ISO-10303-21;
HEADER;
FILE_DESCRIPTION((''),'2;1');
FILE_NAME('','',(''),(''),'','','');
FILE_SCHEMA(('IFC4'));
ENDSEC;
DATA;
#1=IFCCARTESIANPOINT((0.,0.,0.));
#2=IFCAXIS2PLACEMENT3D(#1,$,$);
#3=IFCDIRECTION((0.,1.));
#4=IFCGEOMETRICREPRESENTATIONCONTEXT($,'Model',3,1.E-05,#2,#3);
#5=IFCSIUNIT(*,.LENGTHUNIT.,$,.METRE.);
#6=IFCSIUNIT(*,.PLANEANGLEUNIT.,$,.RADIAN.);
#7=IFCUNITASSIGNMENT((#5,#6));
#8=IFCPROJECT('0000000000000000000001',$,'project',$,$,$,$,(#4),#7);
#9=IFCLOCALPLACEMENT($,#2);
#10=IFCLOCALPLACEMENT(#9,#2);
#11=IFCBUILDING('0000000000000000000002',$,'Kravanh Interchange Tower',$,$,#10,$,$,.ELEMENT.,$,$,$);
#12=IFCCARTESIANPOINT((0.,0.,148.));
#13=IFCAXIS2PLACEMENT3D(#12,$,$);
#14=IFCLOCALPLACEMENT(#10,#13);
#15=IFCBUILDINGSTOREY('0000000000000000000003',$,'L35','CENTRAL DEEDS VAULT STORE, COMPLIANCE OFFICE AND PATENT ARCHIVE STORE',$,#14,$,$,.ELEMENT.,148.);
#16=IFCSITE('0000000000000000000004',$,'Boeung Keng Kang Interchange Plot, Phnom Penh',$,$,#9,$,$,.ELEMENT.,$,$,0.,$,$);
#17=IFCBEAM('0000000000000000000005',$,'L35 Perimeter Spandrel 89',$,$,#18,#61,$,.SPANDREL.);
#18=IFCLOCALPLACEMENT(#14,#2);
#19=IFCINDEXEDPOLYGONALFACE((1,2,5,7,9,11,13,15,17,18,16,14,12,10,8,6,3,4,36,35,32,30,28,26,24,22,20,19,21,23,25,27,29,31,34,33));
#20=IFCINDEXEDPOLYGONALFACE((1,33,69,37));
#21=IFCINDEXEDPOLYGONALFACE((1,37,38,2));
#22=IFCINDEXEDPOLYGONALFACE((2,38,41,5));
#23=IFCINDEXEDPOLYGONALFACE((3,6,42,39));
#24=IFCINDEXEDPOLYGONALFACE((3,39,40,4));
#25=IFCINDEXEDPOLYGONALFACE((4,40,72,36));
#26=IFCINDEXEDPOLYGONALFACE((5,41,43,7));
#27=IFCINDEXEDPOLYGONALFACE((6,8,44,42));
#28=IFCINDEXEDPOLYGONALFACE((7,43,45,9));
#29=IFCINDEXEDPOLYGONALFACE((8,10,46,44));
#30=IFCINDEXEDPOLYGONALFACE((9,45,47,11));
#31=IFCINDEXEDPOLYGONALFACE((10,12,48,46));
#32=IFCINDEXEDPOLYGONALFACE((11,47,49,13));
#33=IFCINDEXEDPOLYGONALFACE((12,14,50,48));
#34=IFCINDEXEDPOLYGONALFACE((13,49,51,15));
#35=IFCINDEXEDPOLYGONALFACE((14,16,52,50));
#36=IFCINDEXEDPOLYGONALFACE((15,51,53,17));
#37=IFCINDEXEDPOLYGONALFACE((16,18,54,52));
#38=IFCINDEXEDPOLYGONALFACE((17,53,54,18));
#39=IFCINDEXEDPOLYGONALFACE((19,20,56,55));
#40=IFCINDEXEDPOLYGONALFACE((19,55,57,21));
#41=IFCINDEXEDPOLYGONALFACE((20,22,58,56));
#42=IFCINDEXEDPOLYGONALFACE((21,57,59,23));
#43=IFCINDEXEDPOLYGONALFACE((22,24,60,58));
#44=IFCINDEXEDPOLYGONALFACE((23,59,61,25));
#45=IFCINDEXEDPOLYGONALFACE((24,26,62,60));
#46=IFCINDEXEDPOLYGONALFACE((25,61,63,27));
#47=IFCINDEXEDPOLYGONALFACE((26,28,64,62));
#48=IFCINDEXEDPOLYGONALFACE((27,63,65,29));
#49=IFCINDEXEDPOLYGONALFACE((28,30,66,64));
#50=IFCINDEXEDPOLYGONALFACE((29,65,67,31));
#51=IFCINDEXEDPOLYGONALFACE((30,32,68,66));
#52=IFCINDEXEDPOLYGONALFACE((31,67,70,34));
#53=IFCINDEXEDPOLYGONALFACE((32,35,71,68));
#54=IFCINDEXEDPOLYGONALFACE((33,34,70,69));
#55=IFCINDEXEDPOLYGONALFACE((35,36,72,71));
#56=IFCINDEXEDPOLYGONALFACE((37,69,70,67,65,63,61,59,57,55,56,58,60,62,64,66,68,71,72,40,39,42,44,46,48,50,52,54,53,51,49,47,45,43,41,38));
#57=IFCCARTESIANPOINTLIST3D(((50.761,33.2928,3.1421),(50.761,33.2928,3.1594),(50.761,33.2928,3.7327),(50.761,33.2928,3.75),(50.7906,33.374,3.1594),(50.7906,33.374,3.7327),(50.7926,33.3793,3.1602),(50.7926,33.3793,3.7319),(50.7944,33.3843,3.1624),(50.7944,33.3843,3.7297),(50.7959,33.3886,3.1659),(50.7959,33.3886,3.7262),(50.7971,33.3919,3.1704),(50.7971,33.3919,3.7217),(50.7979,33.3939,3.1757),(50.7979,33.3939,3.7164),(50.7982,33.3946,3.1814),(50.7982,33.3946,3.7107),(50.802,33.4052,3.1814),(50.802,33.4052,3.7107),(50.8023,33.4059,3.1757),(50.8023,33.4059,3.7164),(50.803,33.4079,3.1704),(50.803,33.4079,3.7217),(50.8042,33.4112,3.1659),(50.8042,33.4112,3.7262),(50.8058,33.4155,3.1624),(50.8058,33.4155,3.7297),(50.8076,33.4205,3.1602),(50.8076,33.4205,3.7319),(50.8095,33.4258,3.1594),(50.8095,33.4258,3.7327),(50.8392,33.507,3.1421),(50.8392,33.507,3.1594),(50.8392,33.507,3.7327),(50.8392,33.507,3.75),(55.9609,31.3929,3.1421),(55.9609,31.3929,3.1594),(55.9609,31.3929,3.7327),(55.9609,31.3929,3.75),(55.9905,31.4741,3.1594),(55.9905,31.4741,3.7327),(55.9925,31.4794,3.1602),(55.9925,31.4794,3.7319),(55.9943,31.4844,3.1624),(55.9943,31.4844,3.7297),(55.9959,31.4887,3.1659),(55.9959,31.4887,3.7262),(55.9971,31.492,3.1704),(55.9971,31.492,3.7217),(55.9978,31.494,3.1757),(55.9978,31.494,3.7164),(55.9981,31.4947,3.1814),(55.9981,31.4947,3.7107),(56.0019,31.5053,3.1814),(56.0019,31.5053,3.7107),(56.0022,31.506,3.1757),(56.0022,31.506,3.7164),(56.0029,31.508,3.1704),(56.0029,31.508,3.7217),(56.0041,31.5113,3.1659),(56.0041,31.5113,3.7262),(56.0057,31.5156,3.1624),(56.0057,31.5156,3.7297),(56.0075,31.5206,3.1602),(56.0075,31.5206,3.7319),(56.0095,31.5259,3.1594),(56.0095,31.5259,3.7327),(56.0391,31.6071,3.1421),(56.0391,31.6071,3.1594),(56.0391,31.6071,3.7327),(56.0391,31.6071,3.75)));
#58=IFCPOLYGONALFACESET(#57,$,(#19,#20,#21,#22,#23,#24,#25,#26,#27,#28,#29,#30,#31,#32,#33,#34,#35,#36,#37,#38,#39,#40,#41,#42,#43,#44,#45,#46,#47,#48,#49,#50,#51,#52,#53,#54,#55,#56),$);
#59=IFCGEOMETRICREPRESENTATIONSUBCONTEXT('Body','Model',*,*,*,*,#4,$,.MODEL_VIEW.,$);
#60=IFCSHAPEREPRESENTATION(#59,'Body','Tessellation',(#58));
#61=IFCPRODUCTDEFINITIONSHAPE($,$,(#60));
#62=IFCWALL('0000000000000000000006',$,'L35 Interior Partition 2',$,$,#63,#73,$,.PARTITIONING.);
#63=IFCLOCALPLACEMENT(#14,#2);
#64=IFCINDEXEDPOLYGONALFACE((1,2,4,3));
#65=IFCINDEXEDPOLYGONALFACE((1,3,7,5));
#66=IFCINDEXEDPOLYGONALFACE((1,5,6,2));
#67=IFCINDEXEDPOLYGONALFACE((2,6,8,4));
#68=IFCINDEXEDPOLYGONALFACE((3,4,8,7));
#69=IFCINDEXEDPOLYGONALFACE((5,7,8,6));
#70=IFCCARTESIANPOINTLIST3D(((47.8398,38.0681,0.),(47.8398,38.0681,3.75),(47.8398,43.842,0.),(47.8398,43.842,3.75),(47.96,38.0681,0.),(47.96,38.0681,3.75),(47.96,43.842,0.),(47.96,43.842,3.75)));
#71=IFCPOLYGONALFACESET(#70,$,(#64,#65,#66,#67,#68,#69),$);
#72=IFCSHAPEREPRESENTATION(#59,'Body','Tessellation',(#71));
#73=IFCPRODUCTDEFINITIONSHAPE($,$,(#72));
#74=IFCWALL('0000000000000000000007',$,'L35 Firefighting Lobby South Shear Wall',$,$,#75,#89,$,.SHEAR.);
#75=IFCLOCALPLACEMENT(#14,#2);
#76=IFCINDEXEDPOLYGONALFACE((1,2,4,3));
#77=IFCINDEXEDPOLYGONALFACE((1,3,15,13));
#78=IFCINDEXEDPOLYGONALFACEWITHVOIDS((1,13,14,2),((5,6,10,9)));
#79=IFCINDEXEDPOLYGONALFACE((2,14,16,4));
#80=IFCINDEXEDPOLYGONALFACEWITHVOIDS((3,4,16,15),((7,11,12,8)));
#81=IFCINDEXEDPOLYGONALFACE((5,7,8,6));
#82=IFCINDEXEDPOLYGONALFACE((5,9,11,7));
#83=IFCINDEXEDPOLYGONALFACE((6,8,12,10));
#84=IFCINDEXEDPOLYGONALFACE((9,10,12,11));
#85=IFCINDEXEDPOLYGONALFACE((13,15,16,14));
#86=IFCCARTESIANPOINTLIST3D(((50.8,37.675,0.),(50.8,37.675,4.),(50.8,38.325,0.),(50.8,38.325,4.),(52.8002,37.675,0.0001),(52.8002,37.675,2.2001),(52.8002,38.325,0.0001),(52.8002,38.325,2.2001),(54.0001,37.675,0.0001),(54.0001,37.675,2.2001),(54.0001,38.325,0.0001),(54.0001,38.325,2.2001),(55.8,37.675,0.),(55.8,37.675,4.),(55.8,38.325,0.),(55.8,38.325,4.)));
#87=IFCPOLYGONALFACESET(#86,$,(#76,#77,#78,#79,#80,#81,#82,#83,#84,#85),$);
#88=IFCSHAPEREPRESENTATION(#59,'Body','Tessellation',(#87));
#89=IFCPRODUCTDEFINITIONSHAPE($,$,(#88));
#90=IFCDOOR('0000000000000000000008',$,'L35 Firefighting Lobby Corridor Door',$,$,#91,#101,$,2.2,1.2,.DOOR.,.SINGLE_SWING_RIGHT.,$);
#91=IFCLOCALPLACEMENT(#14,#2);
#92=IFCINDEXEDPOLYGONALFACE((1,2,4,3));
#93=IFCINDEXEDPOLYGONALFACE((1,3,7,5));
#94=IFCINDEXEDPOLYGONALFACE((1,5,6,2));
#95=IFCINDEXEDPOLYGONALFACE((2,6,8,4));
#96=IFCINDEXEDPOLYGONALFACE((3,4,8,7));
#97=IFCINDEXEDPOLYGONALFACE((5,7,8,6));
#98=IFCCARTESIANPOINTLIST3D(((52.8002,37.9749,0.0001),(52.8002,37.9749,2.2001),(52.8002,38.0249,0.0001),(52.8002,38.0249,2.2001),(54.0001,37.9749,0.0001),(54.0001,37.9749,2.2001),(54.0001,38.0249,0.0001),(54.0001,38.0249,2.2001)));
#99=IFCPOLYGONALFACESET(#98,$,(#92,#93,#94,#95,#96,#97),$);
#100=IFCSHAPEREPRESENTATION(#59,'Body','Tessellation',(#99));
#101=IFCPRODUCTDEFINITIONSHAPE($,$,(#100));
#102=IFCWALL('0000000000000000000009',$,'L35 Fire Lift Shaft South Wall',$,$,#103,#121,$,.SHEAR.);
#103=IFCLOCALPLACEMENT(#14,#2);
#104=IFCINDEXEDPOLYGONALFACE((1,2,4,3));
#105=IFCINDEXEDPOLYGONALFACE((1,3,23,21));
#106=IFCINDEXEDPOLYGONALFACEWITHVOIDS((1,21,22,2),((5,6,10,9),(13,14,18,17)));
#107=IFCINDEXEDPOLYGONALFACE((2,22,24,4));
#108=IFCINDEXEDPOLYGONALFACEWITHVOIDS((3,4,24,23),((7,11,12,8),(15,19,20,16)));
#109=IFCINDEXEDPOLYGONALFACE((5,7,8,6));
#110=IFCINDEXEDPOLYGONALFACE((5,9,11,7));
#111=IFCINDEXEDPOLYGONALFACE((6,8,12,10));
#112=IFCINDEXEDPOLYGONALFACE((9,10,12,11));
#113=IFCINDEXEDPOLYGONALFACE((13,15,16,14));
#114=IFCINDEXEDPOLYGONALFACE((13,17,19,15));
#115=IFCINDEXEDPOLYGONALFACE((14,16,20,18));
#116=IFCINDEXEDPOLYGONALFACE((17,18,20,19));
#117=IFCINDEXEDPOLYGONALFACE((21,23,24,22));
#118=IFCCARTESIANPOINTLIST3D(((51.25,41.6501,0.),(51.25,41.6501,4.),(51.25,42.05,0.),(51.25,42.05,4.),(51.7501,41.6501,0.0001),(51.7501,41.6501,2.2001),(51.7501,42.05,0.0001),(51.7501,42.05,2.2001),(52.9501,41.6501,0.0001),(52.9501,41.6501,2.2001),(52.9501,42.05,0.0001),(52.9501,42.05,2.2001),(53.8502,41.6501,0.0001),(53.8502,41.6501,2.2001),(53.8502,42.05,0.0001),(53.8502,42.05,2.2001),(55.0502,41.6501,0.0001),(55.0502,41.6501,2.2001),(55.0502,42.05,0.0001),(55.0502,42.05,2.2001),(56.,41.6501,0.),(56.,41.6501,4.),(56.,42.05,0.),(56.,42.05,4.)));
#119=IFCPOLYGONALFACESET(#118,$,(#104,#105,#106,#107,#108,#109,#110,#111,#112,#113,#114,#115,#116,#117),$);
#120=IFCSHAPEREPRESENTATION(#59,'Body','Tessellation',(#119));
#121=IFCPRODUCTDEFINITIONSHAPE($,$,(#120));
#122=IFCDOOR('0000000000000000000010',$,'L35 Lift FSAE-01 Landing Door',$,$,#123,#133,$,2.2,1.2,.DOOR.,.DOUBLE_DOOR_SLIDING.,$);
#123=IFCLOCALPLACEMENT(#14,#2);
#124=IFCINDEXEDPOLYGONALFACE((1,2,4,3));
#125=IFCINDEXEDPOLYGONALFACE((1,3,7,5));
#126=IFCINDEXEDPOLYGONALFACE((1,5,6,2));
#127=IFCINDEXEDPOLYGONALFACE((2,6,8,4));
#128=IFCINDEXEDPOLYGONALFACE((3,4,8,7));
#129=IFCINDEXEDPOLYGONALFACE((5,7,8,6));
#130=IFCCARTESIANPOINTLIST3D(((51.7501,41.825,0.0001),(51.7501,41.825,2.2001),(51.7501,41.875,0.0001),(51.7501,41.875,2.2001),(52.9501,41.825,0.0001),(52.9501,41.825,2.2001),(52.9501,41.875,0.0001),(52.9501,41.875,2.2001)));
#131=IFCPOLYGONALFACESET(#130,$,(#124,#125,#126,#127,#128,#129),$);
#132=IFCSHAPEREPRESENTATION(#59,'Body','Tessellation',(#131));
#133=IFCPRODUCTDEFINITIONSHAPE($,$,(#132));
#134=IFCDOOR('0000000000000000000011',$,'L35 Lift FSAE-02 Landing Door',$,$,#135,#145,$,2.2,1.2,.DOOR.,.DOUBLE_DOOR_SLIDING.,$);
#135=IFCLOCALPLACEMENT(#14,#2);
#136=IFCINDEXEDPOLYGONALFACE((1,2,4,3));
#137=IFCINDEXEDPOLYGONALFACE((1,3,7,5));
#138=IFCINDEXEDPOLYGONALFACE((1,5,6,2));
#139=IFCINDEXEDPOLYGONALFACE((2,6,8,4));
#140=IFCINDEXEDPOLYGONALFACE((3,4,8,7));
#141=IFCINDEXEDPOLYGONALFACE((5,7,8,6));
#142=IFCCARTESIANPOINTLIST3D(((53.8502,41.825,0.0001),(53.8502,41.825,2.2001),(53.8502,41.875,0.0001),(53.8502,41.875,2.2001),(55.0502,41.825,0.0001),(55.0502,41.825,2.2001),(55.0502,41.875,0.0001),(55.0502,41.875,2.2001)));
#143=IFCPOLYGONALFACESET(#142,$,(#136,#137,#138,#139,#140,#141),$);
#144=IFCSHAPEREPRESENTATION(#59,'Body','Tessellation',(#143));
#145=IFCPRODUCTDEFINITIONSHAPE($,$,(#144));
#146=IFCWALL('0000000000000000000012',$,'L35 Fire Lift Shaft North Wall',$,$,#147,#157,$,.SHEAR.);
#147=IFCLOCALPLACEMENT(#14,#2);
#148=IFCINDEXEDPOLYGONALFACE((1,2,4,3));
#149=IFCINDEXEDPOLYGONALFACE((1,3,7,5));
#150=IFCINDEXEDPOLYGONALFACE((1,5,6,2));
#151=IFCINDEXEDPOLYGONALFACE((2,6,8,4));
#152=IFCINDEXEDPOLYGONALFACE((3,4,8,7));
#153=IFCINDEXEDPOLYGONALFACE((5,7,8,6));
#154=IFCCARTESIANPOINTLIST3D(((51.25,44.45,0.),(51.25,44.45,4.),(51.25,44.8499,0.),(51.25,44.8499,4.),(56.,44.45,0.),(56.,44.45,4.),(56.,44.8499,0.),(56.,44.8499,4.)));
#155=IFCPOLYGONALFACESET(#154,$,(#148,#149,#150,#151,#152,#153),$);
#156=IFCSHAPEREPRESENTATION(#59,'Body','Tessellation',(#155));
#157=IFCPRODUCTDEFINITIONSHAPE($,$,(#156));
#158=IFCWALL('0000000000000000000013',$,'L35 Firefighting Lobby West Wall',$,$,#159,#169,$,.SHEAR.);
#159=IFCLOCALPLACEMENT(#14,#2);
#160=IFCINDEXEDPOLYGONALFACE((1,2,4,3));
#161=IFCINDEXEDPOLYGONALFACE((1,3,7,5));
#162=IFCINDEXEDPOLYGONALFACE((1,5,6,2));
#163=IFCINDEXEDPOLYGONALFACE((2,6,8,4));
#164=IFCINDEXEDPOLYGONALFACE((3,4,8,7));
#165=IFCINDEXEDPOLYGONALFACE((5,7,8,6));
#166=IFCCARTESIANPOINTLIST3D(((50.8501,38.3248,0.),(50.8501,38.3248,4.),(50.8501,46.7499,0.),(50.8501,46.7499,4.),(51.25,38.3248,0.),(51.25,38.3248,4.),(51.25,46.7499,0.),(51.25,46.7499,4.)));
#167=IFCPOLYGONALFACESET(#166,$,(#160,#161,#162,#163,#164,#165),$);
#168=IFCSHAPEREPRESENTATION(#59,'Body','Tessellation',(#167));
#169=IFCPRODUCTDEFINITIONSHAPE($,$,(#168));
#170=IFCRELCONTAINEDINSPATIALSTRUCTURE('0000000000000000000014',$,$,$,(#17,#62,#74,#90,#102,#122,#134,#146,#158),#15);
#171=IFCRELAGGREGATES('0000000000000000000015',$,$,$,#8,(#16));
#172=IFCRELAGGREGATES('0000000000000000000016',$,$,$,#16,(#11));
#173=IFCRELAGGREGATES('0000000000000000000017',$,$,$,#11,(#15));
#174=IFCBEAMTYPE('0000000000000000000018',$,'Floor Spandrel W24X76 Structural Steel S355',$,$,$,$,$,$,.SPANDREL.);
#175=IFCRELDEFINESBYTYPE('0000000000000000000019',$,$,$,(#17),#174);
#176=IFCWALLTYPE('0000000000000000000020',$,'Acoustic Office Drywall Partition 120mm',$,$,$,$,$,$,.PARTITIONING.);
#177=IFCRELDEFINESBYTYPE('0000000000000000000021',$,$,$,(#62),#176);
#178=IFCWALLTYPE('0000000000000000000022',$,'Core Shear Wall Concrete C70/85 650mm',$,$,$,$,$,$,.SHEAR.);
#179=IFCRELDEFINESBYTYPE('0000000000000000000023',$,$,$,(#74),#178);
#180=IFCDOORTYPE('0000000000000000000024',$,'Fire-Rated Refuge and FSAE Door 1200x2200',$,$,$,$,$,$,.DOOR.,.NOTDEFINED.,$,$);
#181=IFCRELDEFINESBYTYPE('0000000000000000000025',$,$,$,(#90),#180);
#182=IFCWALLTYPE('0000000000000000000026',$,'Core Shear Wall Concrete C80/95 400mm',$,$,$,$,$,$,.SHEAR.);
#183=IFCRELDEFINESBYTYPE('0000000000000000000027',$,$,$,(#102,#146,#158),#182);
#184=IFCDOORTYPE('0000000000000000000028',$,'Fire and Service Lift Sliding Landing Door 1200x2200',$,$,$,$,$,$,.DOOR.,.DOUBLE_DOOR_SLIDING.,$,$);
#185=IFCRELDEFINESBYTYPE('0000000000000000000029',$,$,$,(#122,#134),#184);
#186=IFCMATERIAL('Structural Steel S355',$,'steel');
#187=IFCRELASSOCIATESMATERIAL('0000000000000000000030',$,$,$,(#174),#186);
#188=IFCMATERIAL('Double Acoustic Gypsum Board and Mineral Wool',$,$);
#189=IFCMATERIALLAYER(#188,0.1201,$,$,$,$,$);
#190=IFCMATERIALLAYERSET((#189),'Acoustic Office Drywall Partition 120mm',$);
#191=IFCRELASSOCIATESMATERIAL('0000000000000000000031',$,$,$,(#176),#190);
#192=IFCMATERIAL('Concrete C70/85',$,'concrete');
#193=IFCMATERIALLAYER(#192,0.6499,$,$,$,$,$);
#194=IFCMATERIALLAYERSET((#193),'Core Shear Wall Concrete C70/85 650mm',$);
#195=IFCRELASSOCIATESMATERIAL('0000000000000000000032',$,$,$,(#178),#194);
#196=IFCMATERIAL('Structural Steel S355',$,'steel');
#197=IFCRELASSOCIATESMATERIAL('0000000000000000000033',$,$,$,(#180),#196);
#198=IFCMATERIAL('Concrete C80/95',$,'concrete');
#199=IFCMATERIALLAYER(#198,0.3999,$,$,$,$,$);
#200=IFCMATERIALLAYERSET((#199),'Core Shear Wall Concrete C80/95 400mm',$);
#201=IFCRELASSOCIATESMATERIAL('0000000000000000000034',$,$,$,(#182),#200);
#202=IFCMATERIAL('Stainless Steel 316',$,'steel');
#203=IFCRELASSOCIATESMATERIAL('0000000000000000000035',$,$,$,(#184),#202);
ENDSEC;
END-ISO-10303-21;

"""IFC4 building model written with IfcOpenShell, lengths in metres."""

from ifc_helpers import new_model, si_unit, direction, frame, frame_2d, origin, origin_2d, place, context, subcontext, project, spatial, rectangle, i_section, extrude, material, layer, layer_set, material_profile, profile_set, type_object, element, fill, save


model = new_model("IFC4")

# Units and contexts
model_context = context("Model", 3, precision=1e-05, world=origin(), true_north=direction((0.0, 1.0)))
body_context = subcontext(model_context, "Body", "Model", "MODEL_VIEW")
ifc_project = project(units=[si_unit("LENGTHUNIT", "METRE"), si_unit("PLANEANGLEUNIT", "RADIAN")], contexts=[model_context])

# Site, building, storey
site_placement = place(None, origin())
site = spatial("IfcSite", under=ifc_project, at=site_placement, Name="Boeung Keng Kang Interchange Plot, Phnom Penh", CompositionType="ELEMENT", RefElevation=0.0)
building_placement = place(site_placement, origin())
building = spatial("IfcBuilding", under=site, at=building_placement, Name="Kravanh Interchange Tower", CompositionType="ELEMENT")
storey_placement = place(building_placement, frame((0.0, 0.0, 148.0)))
storey = spatial("IfcBuildingStorey", under=building, at=storey_placement, Name="L35", Description="CENTRAL DEEDS VAULT STORE, COMPLIANCE OFFICE AND PATENT ARCHIVE STORE", CompositionType="ELEMENT", Elevation=148.0)

# Beam
ifc_material_1 = material(Name="Structural Steel S355", Category="steel")
ifc_material_profile_1 = material_profile(ifc_material_1, i_section(OverallWidth=0.228, OverallDepth=0.6079, WebThickness=0.0112, FlangeThickness=0.0173, FilletRadius=0.022, at=origin_2d()), Name="W24X76")
ifc_profile_set_1 = profile_set([ifc_material_profile_1], Name="Structural Steel S355")
beam_type_1 = type_object("IfcBeamType", Name="Floor Spandrel W24X76 Structural Steel S355", PredefinedType="SPANDREL", material=ifc_profile_set_1)
beam_1_placement = place(storey_placement, frame((56.0, 31.5, 3.446), z_axis=(-0.93927, 0.34318, 0.0), x_axis=(-0.34318, -0.93927, 0.0)))
element("IfcBeam", 1, at=beam_1_placement, inside=storey, type_object=beam_type_1, Name="L35 Perimeter Spandrel 89", PredefinedType="SPANDREL", context=body_context, shape_type="SweptSolid", body=[
    extrude(i_section(OverallWidth=0.228, OverallDepth=0.6079, WebThickness=0.0112, FlangeThickness=0.0173, FilletRadius=0.022, at=origin_2d()), origin(), (0.0, 0.0, 1.0), 5.5361),
])

# Wall
ifc_material_2 = material(Name="Double Acoustic Gypsum Board and Mineral Wool")
ifc_layer_1 = layer(ifc_material_2, 0.1201)
ifc_layer_set_1 = layer_set([ifc_layer_1], Name="Acoustic Office Drywall Partition 120mm")
wall_type_1 = type_object("IfcWallType", Name="Acoustic Office Drywall Partition 120mm", PredefinedType="PARTITIONING", material=ifc_layer_set_1)
wall_1_placement = place(storey_placement, frame((47.8999, 38.0681, 0.0), z_axis=(0.0, 0.0, 1.0), x_axis=(0.0, 1.0, 0.0)))
element("IfcWall", 2, at=wall_1_placement, inside=storey, type_object=wall_type_1, Name="L35 Interior Partition 2", PredefinedType="PARTITIONING", context=body_context, shape_type="SweptSolid", body=[
    extrude(rectangle(XDim=5.7739, YDim=0.1201, at=frame_2d((2.887, 0.0))), origin(), (0.0, 0.0, 1.0), 3.75),
])

# Shared definitions
ifc_material_3 = material(Name="Concrete C70/85", Category="concrete")
ifc_layer_2 = layer(ifc_material_3, 0.6499)
ifc_layer_set_2 = layer_set([ifc_layer_2], Name="Core Shear Wall Concrete C70/85 650mm")
wall_type_2 = type_object("IfcWallType", Name="Core Shear Wall Concrete C70/85 650mm", PredefinedType="SHEAR", material=ifc_layer_set_2)

# Wall, opening, door
wall_2_placement = place(storey_placement, frame((50.8, 38.0, 0.0), z_axis=(0.0, 0.0, 1.0), x_axis=(1.0, 0.0, 0.0)))
wall_2 = element("IfcWall", 3, at=wall_2_placement, inside=storey, type_object=wall_type_2, Name="L35 Firefighting Lobby South Shear Wall", PredefinedType="SHEAR", context=body_context, shape_type="SweptSolid", body=[
    extrude(rectangle(XDim=5.0, YDim=0.6499, at=frame_2d((2.5, 0.0))), origin(), (0.0, 0.0, 1.0), 4.0),
])
opening_1_placement = place(wall_2_placement, frame((2.0, 0.0, 0.0)))
opening_1 = element("IfcOpeningElement", 4, at=opening_1_placement, cuts=wall_2, PredefinedType="OPENING", context=body_context, shape_type="SweptSolid", body=[
    extrude(rectangle(XDim=1.2, YDim=2.2, at=frame_2d((0.6001, 1.1001))), frame((0.0, 0.335, 0.0), z_axis=(0.0, -1.0, 0.0), x_axis=(1.0, 0.0, 0.0)), (0.0, 0.0, 1.0), 0.6699),
])
ifc_material_4 = material(Name="Structural Steel S355", Category="steel")
door_type_1 = type_object("IfcDoorType", Name="Fire-Rated Refuge and FSAE Door 1200x2200", OperationType="NOTDEFINED", PredefinedType="DOOR", material=ifc_material_4)
door_1_placement = place(opening_1_placement, origin())
door_1 = element("IfcDoor", 5, at=door_1_placement, inside=storey, type_object=door_type_1, Name="L35 Firefighting Lobby Corridor Door", OperationType="SINGLE_SWING_RIGHT", OverallHeight=2.2, OverallWidth=1.2, PredefinedType="DOOR", context=body_context, shape_type="SweptSolid", body=[
    extrude(rectangle(XDim=1.2, YDim=2.2, at=frame_2d((0.6001, 1.1001))), frame((0.0, 0.0249, 0.0), z_axis=(0.0, -1.0, 0.0), x_axis=(1.0, 0.0, 0.0)), (0.0, 0.0, 1.0), 0.05),
])
fill(opening_1, door_1)

# Wall, openings, doors
ifc_material_5 = material(Name="Concrete C80/95", Category="concrete")
ifc_layer_3 = layer(ifc_material_5, 0.3999)
ifc_layer_set_3 = layer_set([ifc_layer_3], Name="Core Shear Wall Concrete C80/95 400mm")
wall_type_3 = type_object("IfcWallType", Name="Core Shear Wall Concrete C80/95 400mm", PredefinedType="SHEAR", material=ifc_layer_set_3)
wall_3_placement = place(storey_placement, frame((51.25, 41.8501, 0.0), z_axis=(0.0, 0.0, 1.0), x_axis=(1.0, 0.0, 0.0)))
wall_3 = element("IfcWall", 6, at=wall_3_placement, inside=storey, type_object=wall_type_3, Name="L35 Fire Lift Shaft South Wall", PredefinedType="SHEAR", context=body_context, shape_type="SweptSolid", body=[
    extrude(rectangle(XDim=4.75, YDim=0.3999, at=frame_2d((2.375, 0.0))), origin(), (0.0, 0.0, 1.0), 4.0),
])
opening_2_placement = place(wall_3_placement, frame((0.5, 0.0, 0.0)))
opening_2 = element("IfcOpeningElement", 7, at=opening_2_placement, cuts=wall_3, PredefinedType="OPENING", context=body_context, shape_type="SweptSolid", body=[
    extrude(rectangle(XDim=1.2, YDim=2.2, at=frame_2d((0.6001, 1.1001))), frame((0.0, 0.21, 0.0), z_axis=(0.0, -1.0, 0.0), x_axis=(1.0, 0.0, 0.0)), (0.0, 0.0, 1.0), 0.4199),
])
opening_3_placement = place(wall_3_placement, frame((2.6001, 0.0, 0.0)))
opening_3 = element("IfcOpeningElement", 8, at=opening_3_placement, cuts=wall_3, PredefinedType="OPENING", context=body_context, shape_type="SweptSolid", body=[
    extrude(rectangle(XDim=1.2, YDim=2.2, at=frame_2d((0.6001, 1.1001))), frame((0.0, 0.21, 0.0), z_axis=(0.0, -1.0, 0.0), x_axis=(1.0, 0.0, 0.0)), (0.0, 0.0, 1.0), 0.4199),
])
ifc_material_6 = material(Name="Stainless Steel 316", Category="steel")
door_type_2 = type_object("IfcDoorType", Name="Fire and Service Lift Sliding Landing Door 1200x2200", OperationType="DOUBLE_DOOR_SLIDING", PredefinedType="DOOR", material=ifc_material_6)
door_2_placement = place(opening_2_placement, origin())
door_2 = element("IfcDoor", 9, at=door_2_placement, inside=storey, type_object=door_type_2, Name="L35 Lift FSAE-01 Landing Door", OperationType="DOUBLE_DOOR_SLIDING", OverallHeight=2.2, OverallWidth=1.2, PredefinedType="DOOR", context=body_context, shape_type="SweptSolid", body=[
    extrude(rectangle(XDim=1.2, YDim=2.2, at=frame_2d((0.6001, 1.1001))), frame((0.0, 0.0249, 0.0), z_axis=(0.0, -1.0, 0.0), x_axis=(1.0, 0.0, 0.0)), (0.0, 0.0, 1.0), 0.05),
])
fill(opening_2, door_2)
door_3_placement = place(opening_3_placement, origin())
door_3 = element("IfcDoor", 10, at=door_3_placement, inside=storey, type_object=door_type_2, Name="L35 Lift FSAE-02 Landing Door", OperationType="DOUBLE_DOOR_SLIDING", OverallHeight=2.2, OverallWidth=1.2, PredefinedType="DOOR", context=body_context, shape_type="SweptSolid", body=[
    extrude(rectangle(XDim=1.2, YDim=2.2, at=frame_2d((0.6001, 1.1001))), frame((0.0, 0.0249, 0.0), z_axis=(0.0, -1.0, 0.0), x_axis=(1.0, 0.0, 0.0)), (0.0, 0.0, 1.0), 0.05),
])
fill(opening_3, door_3)

# Walls
wall_4_placement = place(storey_placement, frame((51.25, 44.6499, 0.0), z_axis=(0.0, 0.0, 1.0), x_axis=(1.0, 0.0, 0.0)))
element("IfcWall", 11, at=wall_4_placement, inside=storey, type_object=wall_type_3, Name="L35 Fire Lift Shaft North Wall", PredefinedType="SHEAR", context=body_context, shape_type="SweptSolid", body=[
    extrude(rectangle(XDim=4.75, YDim=0.3999, at=frame_2d((2.375, 0.0))), origin(), (0.0, 0.0, 1.0), 4.0),
])
wall_5_placement = place(storey_placement, frame((51.05, 38.325, 0.0), z_axis=(0.0, 0.0, 1.0), x_axis=(0.0, 1.0, 0.0)))
element("IfcWall", 12, at=wall_5_placement, inside=storey, type_object=wall_type_3, Name="L35 Firefighting Lobby West Wall", PredefinedType="SHEAR", context=body_context, shape_type="SweptSolid", body=[
    extrude(rectangle(XDim=8.425, YDim=0.3999, at=frame_2d((4.2124, 0.0))), origin(), (0.0, 0.0, 1.0), 4.0),
])

save(model, "model.ifc")
